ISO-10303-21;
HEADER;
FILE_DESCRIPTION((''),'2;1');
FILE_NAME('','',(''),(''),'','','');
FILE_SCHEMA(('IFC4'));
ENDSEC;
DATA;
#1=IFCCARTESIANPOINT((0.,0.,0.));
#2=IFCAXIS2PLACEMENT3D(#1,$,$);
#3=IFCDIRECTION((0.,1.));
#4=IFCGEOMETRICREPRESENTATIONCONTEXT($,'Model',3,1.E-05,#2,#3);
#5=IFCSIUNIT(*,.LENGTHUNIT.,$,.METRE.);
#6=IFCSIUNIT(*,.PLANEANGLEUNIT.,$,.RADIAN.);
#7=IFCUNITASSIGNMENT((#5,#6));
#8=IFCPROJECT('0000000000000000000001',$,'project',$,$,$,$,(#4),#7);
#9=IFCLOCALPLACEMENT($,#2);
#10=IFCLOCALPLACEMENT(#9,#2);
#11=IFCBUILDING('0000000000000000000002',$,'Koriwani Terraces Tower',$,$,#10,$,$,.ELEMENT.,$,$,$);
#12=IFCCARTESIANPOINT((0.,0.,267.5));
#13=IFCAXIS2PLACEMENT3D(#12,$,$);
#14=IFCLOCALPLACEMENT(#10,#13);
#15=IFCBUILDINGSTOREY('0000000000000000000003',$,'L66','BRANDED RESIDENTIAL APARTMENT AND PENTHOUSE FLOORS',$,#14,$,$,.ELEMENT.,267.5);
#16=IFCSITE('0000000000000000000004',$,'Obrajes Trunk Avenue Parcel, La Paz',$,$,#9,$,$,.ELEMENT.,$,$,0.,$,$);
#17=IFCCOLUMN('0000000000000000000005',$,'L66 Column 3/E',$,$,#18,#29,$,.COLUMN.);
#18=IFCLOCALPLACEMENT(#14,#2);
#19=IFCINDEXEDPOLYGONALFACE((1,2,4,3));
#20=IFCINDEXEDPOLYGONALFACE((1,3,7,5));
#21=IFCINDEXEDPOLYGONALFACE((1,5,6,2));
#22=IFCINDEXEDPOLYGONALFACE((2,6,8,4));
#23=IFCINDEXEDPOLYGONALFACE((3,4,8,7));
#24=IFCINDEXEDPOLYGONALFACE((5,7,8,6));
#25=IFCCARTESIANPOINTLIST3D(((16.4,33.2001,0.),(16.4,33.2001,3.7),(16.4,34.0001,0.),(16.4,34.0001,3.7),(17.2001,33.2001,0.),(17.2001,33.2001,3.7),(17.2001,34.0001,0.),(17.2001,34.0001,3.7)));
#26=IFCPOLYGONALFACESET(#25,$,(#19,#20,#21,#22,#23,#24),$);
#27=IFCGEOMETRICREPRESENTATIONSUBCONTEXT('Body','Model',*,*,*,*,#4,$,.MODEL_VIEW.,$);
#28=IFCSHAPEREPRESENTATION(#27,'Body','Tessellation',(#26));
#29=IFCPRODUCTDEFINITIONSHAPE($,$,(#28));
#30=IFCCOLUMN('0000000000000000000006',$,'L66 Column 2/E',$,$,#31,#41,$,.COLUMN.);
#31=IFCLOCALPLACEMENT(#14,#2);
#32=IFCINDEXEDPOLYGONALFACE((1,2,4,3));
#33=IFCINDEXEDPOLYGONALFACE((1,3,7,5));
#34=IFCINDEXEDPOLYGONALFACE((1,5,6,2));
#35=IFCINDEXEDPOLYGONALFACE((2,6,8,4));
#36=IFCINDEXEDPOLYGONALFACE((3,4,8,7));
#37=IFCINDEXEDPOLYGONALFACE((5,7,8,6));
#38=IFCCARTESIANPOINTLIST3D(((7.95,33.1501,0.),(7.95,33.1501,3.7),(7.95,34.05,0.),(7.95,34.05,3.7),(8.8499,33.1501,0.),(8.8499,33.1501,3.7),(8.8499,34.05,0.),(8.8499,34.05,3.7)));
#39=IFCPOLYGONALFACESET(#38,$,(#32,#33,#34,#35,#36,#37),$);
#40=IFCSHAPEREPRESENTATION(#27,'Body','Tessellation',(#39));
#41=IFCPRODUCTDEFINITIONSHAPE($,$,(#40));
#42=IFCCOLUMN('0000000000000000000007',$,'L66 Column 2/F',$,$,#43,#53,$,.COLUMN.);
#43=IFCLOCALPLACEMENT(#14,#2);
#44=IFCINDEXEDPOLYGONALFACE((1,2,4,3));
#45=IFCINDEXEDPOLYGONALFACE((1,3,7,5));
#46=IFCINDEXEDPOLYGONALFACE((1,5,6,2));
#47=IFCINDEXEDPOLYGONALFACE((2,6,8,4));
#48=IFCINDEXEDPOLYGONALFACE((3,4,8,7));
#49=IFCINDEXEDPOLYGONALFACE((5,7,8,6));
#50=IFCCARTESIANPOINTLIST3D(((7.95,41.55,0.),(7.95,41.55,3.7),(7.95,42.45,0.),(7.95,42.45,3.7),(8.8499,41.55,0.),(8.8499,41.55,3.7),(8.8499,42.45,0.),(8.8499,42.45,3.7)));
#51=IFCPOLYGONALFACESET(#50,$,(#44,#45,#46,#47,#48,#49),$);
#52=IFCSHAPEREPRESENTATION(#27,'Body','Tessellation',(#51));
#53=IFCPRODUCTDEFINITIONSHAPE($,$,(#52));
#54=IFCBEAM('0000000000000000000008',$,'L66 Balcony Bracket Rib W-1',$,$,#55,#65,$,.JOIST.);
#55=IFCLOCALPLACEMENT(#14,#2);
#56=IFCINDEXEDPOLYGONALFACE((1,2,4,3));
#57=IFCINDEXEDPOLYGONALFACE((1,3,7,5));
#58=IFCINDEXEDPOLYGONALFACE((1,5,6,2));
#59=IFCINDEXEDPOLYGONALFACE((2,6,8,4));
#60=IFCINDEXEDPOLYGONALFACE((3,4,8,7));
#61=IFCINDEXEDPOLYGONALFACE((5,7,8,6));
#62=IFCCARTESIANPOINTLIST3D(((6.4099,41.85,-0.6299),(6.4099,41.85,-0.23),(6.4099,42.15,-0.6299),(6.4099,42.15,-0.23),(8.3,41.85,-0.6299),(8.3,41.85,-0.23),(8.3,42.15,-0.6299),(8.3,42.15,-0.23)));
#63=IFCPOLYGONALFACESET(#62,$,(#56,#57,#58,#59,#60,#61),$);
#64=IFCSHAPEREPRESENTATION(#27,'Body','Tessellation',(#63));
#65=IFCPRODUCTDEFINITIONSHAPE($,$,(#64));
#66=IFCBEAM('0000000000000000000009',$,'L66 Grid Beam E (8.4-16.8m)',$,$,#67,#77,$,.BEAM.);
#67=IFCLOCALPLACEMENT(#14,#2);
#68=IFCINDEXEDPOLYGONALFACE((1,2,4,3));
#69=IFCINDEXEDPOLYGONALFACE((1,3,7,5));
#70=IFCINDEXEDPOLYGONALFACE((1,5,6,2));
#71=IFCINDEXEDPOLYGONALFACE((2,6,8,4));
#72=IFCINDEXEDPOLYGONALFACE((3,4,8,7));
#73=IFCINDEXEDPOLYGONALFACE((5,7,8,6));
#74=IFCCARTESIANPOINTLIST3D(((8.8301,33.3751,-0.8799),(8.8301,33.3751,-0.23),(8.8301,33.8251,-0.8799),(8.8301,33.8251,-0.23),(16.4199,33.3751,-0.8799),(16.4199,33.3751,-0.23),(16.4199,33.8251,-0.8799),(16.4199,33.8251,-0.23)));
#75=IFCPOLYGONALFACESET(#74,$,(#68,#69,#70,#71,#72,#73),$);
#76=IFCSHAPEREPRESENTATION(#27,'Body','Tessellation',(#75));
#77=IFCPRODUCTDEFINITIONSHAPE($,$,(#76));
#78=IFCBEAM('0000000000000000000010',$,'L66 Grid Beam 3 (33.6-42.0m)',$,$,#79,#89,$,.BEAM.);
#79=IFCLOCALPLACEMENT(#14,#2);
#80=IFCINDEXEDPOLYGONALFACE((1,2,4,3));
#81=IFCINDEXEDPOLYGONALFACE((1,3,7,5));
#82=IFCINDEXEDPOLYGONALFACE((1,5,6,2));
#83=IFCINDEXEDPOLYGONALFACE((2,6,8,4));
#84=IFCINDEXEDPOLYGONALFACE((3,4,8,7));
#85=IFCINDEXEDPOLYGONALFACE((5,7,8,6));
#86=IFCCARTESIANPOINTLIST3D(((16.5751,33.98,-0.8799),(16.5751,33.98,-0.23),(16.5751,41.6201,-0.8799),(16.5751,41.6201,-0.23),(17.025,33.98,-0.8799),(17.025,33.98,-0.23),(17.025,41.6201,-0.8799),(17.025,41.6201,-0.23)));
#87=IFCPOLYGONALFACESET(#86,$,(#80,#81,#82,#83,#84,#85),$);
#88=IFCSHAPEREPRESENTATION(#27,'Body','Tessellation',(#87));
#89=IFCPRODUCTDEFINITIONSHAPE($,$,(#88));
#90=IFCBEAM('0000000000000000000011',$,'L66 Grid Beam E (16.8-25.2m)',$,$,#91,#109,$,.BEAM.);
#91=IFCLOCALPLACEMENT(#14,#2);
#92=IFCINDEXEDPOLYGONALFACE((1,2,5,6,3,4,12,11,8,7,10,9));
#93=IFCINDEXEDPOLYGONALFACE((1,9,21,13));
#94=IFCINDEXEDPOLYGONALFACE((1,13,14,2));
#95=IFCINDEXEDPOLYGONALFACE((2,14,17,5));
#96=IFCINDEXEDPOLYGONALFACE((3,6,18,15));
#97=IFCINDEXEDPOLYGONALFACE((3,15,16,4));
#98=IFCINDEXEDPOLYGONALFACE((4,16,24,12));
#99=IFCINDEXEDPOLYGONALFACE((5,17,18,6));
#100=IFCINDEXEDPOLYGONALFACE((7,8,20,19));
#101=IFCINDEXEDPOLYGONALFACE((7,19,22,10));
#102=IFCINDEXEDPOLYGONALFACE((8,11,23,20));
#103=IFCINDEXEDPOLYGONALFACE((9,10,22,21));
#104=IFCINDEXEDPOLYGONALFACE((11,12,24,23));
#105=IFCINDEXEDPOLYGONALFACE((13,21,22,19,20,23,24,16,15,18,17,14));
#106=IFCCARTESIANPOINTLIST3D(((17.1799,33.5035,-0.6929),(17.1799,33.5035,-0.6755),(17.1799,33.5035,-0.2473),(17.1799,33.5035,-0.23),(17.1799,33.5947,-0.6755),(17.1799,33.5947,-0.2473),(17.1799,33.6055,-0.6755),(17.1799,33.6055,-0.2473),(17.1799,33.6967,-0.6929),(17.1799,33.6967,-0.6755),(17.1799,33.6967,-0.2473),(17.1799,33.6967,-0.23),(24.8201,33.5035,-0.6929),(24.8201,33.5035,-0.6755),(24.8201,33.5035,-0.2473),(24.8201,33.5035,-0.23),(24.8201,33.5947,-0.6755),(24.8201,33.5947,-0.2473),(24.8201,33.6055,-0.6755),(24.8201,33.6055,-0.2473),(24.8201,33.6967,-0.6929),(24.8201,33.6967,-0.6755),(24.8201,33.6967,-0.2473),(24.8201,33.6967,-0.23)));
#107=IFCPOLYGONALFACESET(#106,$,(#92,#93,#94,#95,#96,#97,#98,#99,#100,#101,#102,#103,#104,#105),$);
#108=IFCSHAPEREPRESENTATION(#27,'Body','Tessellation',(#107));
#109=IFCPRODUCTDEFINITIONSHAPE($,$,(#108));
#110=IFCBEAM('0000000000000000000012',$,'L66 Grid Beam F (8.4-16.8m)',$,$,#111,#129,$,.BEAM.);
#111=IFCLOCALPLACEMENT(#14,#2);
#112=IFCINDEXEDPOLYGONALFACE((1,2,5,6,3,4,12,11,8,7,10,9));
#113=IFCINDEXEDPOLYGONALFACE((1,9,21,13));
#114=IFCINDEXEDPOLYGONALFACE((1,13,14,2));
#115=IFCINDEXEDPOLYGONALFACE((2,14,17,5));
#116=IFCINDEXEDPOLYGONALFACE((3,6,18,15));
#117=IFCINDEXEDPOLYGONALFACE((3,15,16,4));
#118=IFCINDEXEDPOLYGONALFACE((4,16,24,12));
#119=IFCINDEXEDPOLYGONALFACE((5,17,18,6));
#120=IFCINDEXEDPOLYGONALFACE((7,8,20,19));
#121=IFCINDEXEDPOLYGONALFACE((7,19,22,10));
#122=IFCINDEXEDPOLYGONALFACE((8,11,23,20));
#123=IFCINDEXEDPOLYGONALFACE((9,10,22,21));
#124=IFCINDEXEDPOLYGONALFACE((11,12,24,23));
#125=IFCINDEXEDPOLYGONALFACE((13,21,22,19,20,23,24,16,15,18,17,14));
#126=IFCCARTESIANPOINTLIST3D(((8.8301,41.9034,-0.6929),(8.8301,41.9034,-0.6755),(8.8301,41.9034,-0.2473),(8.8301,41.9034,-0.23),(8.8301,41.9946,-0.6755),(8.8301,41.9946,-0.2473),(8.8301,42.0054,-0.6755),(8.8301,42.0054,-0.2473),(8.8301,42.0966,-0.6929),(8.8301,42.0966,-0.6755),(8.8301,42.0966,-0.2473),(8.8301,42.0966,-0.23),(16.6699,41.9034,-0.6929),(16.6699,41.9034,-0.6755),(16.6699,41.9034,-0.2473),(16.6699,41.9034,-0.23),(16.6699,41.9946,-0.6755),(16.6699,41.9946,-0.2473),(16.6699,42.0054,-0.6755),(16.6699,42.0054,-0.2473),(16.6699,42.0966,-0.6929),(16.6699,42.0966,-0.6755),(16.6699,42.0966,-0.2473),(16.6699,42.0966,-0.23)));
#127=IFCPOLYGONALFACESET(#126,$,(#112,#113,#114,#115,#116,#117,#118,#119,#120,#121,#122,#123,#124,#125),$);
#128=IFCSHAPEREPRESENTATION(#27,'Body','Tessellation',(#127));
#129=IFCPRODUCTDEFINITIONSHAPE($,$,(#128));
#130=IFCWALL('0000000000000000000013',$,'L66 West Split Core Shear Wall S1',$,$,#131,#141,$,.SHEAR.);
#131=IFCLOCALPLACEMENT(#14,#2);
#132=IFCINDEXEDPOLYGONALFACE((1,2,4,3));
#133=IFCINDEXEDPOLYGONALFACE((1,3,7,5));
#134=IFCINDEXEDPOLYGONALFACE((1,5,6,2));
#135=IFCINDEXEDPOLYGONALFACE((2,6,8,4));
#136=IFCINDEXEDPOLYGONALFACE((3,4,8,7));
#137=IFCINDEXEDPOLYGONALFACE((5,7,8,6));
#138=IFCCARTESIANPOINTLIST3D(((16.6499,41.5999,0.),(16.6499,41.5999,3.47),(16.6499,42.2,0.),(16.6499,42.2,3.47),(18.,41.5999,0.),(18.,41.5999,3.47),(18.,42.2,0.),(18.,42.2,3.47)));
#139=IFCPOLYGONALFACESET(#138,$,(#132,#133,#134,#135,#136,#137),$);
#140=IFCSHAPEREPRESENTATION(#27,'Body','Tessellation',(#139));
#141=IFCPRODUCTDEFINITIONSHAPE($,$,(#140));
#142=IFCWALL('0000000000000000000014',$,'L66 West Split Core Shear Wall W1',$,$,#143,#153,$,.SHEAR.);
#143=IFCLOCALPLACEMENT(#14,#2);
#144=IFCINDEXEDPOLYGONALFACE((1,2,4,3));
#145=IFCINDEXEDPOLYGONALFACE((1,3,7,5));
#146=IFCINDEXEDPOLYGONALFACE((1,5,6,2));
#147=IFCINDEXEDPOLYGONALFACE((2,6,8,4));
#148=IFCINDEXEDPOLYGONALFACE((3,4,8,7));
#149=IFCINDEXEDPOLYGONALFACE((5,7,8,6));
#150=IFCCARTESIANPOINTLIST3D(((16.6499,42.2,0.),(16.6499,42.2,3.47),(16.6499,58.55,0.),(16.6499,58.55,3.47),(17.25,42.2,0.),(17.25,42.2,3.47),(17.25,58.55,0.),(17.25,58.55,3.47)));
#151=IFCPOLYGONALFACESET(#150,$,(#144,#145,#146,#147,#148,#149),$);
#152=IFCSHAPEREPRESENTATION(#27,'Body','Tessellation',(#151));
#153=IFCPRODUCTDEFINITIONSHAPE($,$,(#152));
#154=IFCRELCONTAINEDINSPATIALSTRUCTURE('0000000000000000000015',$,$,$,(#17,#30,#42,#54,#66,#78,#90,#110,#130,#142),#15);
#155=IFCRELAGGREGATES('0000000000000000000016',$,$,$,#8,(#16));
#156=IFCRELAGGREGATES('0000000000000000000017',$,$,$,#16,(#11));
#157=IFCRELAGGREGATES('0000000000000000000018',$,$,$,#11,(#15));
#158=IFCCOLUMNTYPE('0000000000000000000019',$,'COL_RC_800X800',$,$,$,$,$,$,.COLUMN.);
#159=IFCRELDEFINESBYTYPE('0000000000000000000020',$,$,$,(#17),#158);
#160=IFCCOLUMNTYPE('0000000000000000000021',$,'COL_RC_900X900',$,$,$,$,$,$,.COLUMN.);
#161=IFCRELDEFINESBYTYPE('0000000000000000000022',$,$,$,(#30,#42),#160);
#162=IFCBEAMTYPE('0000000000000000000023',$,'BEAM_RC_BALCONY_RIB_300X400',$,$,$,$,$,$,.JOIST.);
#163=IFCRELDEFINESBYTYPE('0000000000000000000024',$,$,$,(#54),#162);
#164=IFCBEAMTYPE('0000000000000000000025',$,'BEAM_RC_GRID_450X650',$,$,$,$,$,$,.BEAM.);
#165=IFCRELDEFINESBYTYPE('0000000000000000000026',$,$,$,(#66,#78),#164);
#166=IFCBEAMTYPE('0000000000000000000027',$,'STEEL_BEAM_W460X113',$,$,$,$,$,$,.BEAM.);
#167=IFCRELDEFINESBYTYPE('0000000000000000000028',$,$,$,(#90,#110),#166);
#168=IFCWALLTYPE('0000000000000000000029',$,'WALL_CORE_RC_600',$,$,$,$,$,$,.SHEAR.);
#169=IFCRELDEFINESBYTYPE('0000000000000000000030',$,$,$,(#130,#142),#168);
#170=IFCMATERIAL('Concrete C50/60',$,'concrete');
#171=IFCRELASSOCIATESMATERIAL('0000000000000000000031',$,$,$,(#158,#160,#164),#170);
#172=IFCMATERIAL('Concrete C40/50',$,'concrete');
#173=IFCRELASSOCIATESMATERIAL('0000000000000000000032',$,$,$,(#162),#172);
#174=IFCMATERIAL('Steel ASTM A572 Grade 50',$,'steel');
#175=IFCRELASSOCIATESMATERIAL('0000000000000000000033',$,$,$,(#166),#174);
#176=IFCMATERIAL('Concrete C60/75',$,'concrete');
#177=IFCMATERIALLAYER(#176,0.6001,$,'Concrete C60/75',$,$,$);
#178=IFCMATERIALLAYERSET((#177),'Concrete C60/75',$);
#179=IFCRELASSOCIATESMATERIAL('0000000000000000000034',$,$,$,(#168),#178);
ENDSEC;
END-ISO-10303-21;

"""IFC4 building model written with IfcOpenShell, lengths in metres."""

from ifc_helpers import new_model, si_unit, direction, frame, frame_2d, origin, origin_2d, place, context, subcontext, project, spatial, rectangle, i_section, extrude, material, layer, layer_set, material_profile, profile_set, type_object, element, save


model = new_model("IFC4")

# Units and contexts
model_context = context("Model", 3, precision=1e-05, world=origin(), true_north=direction((0.0, 1.0)))
body_context = subcontext(model_context, "Body", "Model", "MODEL_VIEW")
ifc_project = project(units=[si_unit("LENGTHUNIT", "METRE"), si_unit("PLANEANGLEUNIT", "RADIAN")], contexts=[model_context])

# Site, building, storey
site_placement = place(None, origin())
site = spatial("IfcSite", under=ifc_project, at=site_placement, Name="Obrajes Trunk Avenue Parcel, La Paz", CompositionType="ELEMENT", RefElevation=0.0)
building_placement = place(site_placement, origin())
building = spatial("IfcBuilding", under=site, at=building_placement, Name="Koriwani Terraces Tower", CompositionType="ELEMENT")
storey_placement = place(building_placement, frame((0.0, 0.0, 267.5)))
storey = spatial("IfcBuildingStorey", under=building, at=storey_placement, Name="L66", Description="BRANDED RESIDENTIAL APARTMENT AND PENTHOUSE FLOORS", CompositionType="ELEMENT", Elevation=267.5)

# Columns
ifc_material_1 = material(Name="Concrete C50/60", Category="concrete")
ifc_material_profile_1 = material_profile(ifc_material_1, rectangle(XDim=0.8, YDim=0.8, at=origin_2d()), Name="Concrete C50/60", Category="LoadBearing")
ifc_profile_set_1 = profile_set([ifc_material_profile_1], Name="Concrete C50/60")
column_type_1 = type_object("IfcColumnType", Name="COL_RC_800X800", PredefinedType="COLUMN", material=ifc_profile_set_1)
column_placement = place(storey_placement, frame((16.8, 33.6001, 0.0), z_axis=(0.0, 0.0, 1.0), x_axis=(1.0, 0.0, 0.0)))
element("IfcColumn", 1, at=column_placement, inside=storey, type_object=column_type_1, Name="L66 Column 3/E", PredefinedType="COLUMN", context=body_context, shape_type="SweptSolid", body=[
    extrude(rectangle(XDim=0.8, YDim=0.8, at=origin_2d()), origin(), (0.0, 0.0, 1.0), 3.7),
])
ifc_material_profile_2 = material_profile(ifc_material_1, rectangle(XDim=0.8999, YDim=0.8999, at=origin_2d()), Name="Concrete C50/60", Category="LoadBearing")
ifc_profile_set_2 = profile_set([ifc_material_profile_2], Name="Concrete C50/60")
column_type_2 = type_object("IfcColumnType", Name="COL_RC_900X900", PredefinedType="COLUMN", material=ifc_profile_set_2)
for number, where, z_axis, x_axis, name in (
    (2, (8.3999, 33.6001, 0.0), (0.0, 0.0, 1.0), (1.0, 0.0, 0.0), "L66 Column 2/E"),
    (3, (8.3999, 42.0, 0.0), (0.0, 0.0, 1.0), (1.0, 0.0, 0.0), "L66 Column 2/F"),
):
    element("IfcColumn", number, at=place(storey_placement, frame(where, z_axis=z_axis, x_axis=x_axis)), inside=storey, type_object=column_type_2, Name=name, PredefinedType="COLUMN", context=body_context, shape_type="SweptSolid", body=[
        extrude(rectangle(XDim=0.8999, YDim=0.8999, at=origin_2d()), origin(), (0.0, 0.0, 1.0), 3.7),
    ])

# Beams
ifc_material_2 = material(Name="Concrete C40/50", Category="concrete")
ifc_material_profile_3 = material_profile(ifc_material_2, rectangle(XDim=0.3, YDim=0.3999, at=origin_2d()), Name="Concrete C40/50", Category="LoadBearing")
ifc_profile_set_3 = profile_set([ifc_material_profile_3], Name="Concrete C40/50")
beam_type_1 = type_object("IfcBeamType", Name="BEAM_RC_BALCONY_RIB_300X400", PredefinedType="JOIST", material=ifc_profile_set_3)
beam_1_placement = place(storey_placement, frame((6.4099, 42.0, -0.4299), z_axis=(1.0, 0.0, 0.0), x_axis=(0.0, 1.0, 0.0)))
element("IfcBeam", 4, at=beam_1_placement, inside=storey, type_object=beam_type_1, Name="L66 Balcony Bracket Rib W-1", PredefinedType="JOIST", context=body_context, shape_type="SweptSolid", body=[
    extrude(rectangle(XDim=0.3, YDim=0.3999, at=origin_2d()), origin(), (0.0, 0.0, 1.0), 1.8901),
])
ifc_material_profile_4 = material_profile(ifc_material_1, rectangle(XDim=0.45, YDim=0.6499, at=origin_2d()), Name="Concrete C50/60", Category="LoadBearing")
ifc_profile_set_4 = profile_set([ifc_material_profile_4], Name="Concrete C50/60")
beam_type_2 = type_object("IfcBeamType", Name="BEAM_RC_GRID_450X650", PredefinedType="BEAM", material=ifc_profile_set_4)
beam_2_placement = place(storey_placement, frame((8.8301, 33.6001, -0.5549), z_axis=(1.0, 0.0, 0.0), x_axis=(0.0, 1.0, 0.0)))
element("IfcBeam", 5, at=beam_2_placement, inside=storey, type_object=beam_type_2, Name="L66 Grid Beam E (8.4-16.8m)", PredefinedType="BEAM", context=body_context, shape_type="SweptSolid", body=[
    extrude(rectangle(XDim=0.45, YDim=0.6499, at=origin_2d()), origin(), (0.0, 0.0, 1.0), 7.5898),
])
beam_3_placement = place(storey_placement, frame((16.8, 33.98, -0.5549), z_axis=(0.0, 1.0, 0.0), x_axis=(-1.0, 0.0, 0.0)))
element("IfcBeam", 6, at=beam_3_placement, inside=storey, type_object=beam_type_2, Name="L66 Grid Beam 3 (33.6-42.0m)", PredefinedType="BEAM", context=body_context, shape_type="SweptSolid", body=[
    extrude(rectangle(XDim=0.45, YDim=0.6499, at=origin_2d()), origin(), (0.0, 0.0, 1.0), 7.6401),
])
ifc_material_3 = material(Name="Steel ASTM A572 Grade 50", Category="steel")
ifc_material_profile_5 = material_profile(ifc_material_3, i_section(OverallWidth=0.1931, OverallDepth=0.4629, WebThickness=0.0107, FlangeThickness=0.0173, at=origin_2d()), Name="Steel ASTM A572 Grade 50", Category="LoadBearing")
ifc_profile_set_5 = profile_set([ifc_material_profile_5], Name="Steel ASTM A572 Grade 50")
beam_type_3 = type_object("IfcBeamType", Name="STEEL_BEAM_W460X113", PredefinedType="BEAM", material=ifc_profile_set_5)
beam_4_placement = place(storey_placement, frame((17.1799, 33.6001, -0.4614), z_axis=(1.0, 0.0, 0.0), x_axis=(0.0, 1.0, 0.0)))
element("IfcBeam", 7, at=beam_4_placement, inside=storey, type_object=beam_type_3, Name="L66 Grid Beam E (16.8-25.2m)", PredefinedType="BEAM", context=body_context, shape_type="SweptSolid", body=[
    extrude(i_section(OverallWidth=0.1931, OverallDepth=0.4629, WebThickness=0.0107, FlangeThickness=0.0173, at=origin_2d()), origin(), (0.0, 0.0, 1.0), 7.6401),
])
beam_5_placement = place(storey_placement, frame((8.8301, 42.0, -0.4614), z_axis=(1.0, 0.0, 0.0), x_axis=(0.0, 1.0, 0.0)))
element("IfcBeam", 8, at=beam_5_placement, inside=storey, type_object=beam_type_3, Name="L66 Grid Beam F (8.4-16.8m)", PredefinedType="BEAM", context=body_context, shape_type="SweptSolid", body=[
    extrude(i_section(OverallWidth=0.1931, OverallDepth=0.4629, WebThickness=0.0107, FlangeThickness=0.0173, at=origin_2d()), origin(), (0.0, 0.0, 1.0), 7.8398),
])

# Walls
ifc_material_4 = material(Name="Concrete C60/75", Category="concrete")
ifc_layer_1 = layer(ifc_material_4, 0.6001, Name="Concrete C60/75")
ifc_layer_set_1 = layer_set([ifc_layer_1], Name="Concrete C60/75")
wall_type_1 = type_object("IfcWallType", Name="WALL_CORE_RC_600", PredefinedType="SHEAR", material=ifc_layer_set_1)
wall_1_placement = place(storey_placement, frame((16.6499, 41.8999, 0.0), z_axis=(0.0, 0.0, 1.0), x_axis=(1.0, 0.0, 0.0)))
element("IfcWall", 9, at=wall_1_placement, inside=storey, type_object=wall_type_1, Name="L66 West Split Core Shear Wall S1", PredefinedType="SHEAR", context=body_context, shape_type="SweptSolid", body=[
    extrude(rectangle(XDim=1.3501, YDim=0.6001, at=frame_2d((0.675, 0.0))), origin(), (0.0, 0.0, 1.0), 3.47),
])
wall_2_placement = place(storey_placement, frame((16.95, 42.2, 0.0), z_axis=(0.0, 0.0, 1.0), x_axis=(0.0, 1.0, 0.0)))
element("IfcWall", 10, at=wall_2_placement, inside=storey, type_object=wall_type_1, Name="L66 West Split Core Shear Wall W1", PredefinedType="SHEAR", context=body_context, shape_type="SweptSolid", body=[
    extrude(rectangle(XDim=16.3501, YDim=0.6001, at=frame_2d((8.175, 0.0))), origin(), (0.0, 0.0, 1.0), 3.47),
])

save(model, "model.ifc")
